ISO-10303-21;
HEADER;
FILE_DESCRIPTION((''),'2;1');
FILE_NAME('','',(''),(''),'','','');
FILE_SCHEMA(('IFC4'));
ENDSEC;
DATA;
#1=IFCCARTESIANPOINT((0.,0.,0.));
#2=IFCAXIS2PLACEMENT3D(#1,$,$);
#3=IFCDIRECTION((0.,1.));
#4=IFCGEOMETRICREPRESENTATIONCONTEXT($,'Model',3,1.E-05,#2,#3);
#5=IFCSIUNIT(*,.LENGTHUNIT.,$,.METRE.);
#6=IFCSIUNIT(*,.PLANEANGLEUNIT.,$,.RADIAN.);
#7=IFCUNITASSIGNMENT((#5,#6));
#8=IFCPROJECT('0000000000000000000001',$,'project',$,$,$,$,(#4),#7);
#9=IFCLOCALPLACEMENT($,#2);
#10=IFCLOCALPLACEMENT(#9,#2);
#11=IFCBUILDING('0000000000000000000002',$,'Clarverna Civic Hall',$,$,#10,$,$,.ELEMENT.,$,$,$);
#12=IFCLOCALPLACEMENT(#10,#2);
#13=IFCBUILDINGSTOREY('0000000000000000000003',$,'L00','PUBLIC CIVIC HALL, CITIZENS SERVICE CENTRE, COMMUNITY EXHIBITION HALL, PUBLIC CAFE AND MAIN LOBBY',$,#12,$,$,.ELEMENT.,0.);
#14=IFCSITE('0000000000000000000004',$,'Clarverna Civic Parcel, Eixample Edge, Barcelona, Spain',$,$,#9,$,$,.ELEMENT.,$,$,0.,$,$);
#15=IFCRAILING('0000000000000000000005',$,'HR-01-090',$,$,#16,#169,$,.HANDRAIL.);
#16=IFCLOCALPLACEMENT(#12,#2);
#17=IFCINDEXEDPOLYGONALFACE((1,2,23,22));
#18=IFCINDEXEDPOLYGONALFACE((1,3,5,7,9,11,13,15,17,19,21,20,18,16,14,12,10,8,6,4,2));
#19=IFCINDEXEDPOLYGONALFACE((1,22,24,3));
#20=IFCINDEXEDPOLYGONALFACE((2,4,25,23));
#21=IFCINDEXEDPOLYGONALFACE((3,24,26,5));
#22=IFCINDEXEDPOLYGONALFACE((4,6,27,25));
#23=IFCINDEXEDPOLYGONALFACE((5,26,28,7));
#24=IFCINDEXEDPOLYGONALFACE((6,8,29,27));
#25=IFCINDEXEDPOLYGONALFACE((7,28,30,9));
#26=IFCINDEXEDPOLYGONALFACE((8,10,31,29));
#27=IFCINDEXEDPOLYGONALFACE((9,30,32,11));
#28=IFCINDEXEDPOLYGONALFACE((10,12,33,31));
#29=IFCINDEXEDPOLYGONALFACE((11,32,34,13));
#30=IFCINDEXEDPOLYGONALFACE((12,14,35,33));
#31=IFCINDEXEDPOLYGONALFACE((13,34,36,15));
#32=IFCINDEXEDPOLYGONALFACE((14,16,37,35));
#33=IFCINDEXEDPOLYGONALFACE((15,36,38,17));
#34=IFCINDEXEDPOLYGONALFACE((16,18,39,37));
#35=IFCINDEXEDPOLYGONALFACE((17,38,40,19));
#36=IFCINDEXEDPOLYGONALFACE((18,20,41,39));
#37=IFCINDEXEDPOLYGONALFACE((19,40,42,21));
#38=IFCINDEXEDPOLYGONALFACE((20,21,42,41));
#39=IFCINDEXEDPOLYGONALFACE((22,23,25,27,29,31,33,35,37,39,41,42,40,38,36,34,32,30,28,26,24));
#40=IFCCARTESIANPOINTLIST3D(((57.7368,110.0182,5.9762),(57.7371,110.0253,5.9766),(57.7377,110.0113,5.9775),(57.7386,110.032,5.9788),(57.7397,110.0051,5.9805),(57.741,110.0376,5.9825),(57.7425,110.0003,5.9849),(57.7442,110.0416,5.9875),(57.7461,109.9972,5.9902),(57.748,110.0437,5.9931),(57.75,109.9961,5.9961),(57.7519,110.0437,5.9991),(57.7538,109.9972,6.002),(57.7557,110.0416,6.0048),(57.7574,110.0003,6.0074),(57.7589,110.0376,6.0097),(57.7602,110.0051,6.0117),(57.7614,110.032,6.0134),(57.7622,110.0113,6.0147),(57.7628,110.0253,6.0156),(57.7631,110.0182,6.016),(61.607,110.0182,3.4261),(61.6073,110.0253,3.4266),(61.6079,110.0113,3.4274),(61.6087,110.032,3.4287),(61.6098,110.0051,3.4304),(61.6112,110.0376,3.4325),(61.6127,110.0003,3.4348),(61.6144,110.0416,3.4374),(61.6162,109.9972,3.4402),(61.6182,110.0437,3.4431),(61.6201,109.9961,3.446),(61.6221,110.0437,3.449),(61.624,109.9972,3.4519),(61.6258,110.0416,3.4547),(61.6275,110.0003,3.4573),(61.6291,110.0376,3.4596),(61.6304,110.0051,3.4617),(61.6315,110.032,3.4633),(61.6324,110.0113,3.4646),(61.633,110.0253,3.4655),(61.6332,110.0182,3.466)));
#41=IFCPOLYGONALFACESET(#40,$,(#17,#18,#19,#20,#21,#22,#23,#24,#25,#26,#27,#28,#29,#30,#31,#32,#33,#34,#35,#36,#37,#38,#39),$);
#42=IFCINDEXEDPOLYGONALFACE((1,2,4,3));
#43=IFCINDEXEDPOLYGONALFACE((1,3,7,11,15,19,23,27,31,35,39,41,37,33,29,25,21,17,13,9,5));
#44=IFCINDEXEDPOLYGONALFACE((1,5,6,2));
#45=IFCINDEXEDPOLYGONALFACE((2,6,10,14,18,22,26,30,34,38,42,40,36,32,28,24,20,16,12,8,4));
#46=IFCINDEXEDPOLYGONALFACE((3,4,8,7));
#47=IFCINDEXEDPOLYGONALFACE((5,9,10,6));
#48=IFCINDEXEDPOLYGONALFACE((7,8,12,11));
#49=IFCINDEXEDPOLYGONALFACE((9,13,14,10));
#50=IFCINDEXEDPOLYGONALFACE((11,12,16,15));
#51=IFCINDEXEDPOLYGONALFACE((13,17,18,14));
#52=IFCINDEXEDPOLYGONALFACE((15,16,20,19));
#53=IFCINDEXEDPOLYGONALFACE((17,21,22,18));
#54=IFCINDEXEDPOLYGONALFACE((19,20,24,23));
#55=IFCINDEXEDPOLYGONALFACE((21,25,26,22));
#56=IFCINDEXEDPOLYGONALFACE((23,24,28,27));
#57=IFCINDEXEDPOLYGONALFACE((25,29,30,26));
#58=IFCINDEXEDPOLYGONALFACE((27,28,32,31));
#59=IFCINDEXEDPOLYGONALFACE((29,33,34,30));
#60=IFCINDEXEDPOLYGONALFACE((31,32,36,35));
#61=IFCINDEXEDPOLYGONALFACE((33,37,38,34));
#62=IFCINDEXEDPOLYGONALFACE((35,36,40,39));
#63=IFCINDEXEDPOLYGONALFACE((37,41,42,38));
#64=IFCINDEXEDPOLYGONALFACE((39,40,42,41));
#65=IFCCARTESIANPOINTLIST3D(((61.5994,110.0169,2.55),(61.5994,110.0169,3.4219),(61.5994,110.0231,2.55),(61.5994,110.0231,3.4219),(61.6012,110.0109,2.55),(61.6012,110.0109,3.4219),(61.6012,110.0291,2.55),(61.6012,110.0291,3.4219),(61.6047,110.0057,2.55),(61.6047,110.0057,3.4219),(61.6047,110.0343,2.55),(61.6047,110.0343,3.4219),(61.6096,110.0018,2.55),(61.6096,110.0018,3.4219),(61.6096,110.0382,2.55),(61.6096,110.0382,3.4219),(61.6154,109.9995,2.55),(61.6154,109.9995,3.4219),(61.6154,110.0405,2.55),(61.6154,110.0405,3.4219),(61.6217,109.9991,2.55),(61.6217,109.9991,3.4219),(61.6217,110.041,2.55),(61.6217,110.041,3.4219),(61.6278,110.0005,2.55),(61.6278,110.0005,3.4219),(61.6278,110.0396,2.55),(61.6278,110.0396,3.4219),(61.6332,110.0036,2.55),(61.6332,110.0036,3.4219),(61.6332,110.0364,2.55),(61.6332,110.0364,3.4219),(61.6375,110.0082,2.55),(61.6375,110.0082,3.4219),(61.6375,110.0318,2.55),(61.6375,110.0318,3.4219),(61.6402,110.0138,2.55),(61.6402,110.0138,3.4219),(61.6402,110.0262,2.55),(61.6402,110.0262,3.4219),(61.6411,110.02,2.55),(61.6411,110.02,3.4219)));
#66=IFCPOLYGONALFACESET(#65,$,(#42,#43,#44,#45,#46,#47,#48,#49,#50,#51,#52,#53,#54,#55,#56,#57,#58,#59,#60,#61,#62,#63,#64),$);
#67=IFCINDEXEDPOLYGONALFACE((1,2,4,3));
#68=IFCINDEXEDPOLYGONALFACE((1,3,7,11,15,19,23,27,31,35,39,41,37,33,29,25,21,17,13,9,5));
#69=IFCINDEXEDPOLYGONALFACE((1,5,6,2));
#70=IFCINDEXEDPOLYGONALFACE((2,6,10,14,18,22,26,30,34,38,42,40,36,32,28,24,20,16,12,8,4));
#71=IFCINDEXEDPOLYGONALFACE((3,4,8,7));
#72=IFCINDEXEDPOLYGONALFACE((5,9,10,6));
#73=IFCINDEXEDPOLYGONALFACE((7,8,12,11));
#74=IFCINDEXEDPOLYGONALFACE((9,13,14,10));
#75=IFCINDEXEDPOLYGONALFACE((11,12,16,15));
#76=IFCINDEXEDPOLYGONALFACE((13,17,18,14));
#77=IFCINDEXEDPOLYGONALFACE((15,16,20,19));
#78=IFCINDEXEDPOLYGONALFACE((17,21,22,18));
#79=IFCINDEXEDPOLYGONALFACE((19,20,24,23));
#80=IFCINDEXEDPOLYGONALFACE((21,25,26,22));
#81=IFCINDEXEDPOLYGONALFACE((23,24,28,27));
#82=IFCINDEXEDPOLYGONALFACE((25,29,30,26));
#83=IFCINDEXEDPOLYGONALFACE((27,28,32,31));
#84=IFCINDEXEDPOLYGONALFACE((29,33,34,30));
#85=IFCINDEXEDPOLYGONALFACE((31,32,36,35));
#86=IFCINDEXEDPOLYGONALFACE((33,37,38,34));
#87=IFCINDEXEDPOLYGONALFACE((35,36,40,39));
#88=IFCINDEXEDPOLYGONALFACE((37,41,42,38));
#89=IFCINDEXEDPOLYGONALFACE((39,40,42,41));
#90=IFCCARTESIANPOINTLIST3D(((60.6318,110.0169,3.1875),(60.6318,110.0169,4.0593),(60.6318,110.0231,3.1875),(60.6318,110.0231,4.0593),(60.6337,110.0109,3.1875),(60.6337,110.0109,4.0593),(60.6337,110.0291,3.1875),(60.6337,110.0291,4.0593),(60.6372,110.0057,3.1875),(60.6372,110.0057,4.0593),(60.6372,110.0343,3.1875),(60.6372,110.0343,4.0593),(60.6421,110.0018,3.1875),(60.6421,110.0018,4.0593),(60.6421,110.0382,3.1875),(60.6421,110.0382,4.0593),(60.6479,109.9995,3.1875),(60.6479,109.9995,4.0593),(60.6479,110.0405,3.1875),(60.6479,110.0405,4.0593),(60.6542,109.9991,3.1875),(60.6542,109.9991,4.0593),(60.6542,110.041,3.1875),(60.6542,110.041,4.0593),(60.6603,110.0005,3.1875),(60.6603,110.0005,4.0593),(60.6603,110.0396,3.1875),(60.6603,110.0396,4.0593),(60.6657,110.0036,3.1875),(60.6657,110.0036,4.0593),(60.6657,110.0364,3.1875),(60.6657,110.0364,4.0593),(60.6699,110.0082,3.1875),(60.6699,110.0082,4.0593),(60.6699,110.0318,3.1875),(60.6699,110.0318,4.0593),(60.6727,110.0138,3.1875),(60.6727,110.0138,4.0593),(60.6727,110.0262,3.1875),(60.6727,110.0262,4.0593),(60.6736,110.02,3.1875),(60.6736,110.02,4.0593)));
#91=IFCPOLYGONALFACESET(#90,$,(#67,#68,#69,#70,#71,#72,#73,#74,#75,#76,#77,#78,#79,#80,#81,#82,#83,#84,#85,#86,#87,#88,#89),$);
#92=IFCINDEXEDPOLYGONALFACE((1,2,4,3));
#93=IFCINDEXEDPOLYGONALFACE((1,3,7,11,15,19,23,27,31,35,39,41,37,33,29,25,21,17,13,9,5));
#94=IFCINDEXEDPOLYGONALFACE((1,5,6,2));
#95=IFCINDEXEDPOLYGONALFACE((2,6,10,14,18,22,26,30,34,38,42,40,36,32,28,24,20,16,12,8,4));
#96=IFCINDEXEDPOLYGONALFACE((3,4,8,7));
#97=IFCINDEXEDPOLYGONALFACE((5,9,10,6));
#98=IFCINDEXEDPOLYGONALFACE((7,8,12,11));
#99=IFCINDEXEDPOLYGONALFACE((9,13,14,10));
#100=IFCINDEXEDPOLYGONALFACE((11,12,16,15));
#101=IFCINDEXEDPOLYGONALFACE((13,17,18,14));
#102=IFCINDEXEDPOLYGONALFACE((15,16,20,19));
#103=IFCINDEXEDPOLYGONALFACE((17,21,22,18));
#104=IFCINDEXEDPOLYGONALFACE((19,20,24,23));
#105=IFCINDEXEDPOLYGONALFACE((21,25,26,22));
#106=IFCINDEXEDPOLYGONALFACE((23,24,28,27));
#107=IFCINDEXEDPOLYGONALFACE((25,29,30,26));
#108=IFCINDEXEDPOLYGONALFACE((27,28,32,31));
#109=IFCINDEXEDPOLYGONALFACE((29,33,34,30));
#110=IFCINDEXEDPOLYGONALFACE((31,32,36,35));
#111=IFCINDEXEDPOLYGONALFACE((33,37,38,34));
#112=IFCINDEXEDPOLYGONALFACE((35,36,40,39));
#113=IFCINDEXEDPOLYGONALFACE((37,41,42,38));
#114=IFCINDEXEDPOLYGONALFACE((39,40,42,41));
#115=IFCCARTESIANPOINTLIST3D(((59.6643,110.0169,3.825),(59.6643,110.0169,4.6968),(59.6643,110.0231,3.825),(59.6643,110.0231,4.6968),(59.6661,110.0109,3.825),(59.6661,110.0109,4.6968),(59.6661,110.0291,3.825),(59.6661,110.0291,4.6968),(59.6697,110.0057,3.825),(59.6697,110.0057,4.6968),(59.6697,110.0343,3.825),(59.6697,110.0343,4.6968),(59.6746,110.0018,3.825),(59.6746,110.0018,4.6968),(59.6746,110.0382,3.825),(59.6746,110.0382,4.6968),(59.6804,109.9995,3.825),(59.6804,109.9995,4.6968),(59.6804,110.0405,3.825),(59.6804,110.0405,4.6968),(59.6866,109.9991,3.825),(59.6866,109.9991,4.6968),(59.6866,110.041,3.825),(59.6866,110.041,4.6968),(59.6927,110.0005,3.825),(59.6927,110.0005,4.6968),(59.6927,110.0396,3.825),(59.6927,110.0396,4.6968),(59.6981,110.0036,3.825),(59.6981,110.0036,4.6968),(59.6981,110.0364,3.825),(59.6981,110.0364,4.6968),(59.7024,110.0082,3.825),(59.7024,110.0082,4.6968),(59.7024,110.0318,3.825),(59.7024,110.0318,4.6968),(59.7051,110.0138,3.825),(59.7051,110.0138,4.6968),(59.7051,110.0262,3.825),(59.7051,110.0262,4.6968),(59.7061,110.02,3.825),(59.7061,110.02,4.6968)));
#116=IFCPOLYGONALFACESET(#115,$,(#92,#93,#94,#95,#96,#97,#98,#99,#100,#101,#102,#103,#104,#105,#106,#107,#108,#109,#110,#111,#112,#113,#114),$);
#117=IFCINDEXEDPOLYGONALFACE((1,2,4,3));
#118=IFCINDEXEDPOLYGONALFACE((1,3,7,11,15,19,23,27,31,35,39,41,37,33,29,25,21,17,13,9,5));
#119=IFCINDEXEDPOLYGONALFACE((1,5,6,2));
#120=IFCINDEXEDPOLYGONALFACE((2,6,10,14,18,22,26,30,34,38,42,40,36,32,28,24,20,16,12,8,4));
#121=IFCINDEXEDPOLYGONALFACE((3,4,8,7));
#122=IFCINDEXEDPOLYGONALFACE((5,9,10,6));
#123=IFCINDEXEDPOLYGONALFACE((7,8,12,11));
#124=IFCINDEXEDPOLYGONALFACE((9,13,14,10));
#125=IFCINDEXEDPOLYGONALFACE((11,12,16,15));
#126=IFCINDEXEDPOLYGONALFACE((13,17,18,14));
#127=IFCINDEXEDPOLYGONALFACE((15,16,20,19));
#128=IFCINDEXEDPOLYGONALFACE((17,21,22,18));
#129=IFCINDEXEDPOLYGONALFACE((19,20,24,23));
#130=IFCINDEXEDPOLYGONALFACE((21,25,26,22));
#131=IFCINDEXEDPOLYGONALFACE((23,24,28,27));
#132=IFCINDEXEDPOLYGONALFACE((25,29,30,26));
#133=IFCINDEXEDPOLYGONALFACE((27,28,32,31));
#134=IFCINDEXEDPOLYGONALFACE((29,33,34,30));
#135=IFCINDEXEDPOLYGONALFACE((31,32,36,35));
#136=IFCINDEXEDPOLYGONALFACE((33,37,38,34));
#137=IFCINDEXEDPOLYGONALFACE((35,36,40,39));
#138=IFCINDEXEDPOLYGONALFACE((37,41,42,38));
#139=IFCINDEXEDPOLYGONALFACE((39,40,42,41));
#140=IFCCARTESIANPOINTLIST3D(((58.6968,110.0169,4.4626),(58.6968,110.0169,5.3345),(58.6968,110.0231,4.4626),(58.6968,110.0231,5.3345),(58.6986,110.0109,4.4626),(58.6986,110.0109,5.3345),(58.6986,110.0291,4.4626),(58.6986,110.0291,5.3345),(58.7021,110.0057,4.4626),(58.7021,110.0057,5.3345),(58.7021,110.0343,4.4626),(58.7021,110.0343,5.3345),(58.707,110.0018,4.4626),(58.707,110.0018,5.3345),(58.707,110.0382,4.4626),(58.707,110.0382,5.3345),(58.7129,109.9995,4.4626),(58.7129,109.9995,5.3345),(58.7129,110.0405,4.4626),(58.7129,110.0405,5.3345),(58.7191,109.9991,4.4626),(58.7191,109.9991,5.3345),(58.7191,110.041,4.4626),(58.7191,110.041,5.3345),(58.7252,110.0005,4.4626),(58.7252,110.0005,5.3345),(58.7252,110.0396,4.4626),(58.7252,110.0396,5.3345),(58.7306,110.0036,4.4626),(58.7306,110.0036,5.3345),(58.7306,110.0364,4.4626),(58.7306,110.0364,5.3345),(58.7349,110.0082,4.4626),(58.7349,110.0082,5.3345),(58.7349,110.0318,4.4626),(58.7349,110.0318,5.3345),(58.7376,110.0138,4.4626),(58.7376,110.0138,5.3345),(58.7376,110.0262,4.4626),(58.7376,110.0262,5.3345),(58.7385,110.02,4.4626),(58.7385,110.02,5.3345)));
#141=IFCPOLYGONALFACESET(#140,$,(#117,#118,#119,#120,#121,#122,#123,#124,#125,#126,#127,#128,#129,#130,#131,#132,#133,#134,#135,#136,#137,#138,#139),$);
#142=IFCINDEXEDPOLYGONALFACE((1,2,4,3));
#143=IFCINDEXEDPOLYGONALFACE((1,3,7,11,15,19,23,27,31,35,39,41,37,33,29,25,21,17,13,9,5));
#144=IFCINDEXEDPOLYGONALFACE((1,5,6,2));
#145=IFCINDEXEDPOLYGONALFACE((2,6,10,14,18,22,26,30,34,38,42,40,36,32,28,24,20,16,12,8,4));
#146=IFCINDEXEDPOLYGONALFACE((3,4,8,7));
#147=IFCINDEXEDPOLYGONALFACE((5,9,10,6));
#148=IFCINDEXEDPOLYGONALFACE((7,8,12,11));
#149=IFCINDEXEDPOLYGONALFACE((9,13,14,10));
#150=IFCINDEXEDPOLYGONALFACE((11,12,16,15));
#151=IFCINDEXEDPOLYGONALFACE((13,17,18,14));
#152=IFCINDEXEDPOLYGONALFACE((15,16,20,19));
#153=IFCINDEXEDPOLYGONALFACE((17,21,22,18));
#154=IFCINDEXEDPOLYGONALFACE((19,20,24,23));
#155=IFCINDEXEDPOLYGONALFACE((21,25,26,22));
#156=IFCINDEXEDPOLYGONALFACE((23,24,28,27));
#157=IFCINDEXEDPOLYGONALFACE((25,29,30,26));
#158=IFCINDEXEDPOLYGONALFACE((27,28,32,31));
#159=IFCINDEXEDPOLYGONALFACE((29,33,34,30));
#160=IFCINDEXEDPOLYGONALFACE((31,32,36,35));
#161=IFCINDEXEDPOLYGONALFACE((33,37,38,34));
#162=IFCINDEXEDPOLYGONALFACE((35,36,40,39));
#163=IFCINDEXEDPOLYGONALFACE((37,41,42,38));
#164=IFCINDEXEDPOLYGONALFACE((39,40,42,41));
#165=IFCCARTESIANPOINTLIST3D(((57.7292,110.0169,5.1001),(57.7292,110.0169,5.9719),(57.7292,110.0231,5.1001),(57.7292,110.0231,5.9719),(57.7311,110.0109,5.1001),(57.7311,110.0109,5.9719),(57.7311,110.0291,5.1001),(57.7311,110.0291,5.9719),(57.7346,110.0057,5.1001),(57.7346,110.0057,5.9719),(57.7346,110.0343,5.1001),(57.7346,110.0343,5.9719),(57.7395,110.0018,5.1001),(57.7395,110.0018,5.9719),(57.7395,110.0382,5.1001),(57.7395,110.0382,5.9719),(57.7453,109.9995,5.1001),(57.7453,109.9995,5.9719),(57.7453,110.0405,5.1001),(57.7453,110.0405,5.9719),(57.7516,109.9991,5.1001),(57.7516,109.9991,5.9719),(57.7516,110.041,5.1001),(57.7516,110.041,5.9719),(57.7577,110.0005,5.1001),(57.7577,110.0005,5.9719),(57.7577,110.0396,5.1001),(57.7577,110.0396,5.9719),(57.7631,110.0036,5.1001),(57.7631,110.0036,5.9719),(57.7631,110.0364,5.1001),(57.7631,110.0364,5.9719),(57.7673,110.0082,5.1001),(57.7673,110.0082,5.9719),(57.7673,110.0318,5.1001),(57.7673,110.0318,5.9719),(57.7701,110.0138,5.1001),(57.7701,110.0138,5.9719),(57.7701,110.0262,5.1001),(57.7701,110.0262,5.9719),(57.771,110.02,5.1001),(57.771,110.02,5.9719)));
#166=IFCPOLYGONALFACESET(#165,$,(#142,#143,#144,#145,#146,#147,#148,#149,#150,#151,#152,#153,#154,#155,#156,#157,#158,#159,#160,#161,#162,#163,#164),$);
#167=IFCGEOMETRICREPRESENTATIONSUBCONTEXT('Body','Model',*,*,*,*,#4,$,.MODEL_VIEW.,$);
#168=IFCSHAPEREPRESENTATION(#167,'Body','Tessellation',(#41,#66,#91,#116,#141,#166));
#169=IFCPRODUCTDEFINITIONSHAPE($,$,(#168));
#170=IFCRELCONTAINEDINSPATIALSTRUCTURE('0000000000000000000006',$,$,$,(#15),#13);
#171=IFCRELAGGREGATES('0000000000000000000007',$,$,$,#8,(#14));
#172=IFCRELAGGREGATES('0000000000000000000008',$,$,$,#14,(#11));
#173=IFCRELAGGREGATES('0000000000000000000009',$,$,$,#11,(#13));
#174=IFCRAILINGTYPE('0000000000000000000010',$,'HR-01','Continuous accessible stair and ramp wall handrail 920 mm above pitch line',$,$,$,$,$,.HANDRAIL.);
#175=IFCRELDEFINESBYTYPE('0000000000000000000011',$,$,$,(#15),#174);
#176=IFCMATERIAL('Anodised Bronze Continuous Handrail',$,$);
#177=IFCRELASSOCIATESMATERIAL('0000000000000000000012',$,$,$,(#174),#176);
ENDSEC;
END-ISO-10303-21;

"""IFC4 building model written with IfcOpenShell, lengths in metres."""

from ifc_helpers import new_model, si_unit, direction, frame, origin, origin_2d, place, context, subcontext, project, spatial, circle, extrude, material, type_object, element, save


model = new_model("IFC4")

# Units and contexts
model_context = context("Model", 3, precision=1e-05, world=origin(), true_north=direction((0.0, 1.0)))
body_context = subcontext(model_context, "Body", "Model", "MODEL_VIEW")
ifc_project = project(units=[si_unit("LENGTHUNIT", "METRE"), si_unit("PLANEANGLEUNIT", "RADIAN")], contexts=[model_context])

# Site, building, storey
site_placement = place(None, origin())
site = spatial("IfcSite", under=ifc_project, at=site_placement, Name="Clarverna Civic Parcel, Eixample Edge, Barcelona, Spain", CompositionType="ELEMENT", RefElevation=0.0)
building_placement = place(site_placement, origin())
building = spatial("IfcBuilding", under=site, at=building_placement, Name="Clarverna Civic Hall", CompositionType="ELEMENT")
storey_placement = place(building_placement, origin())
storey = spatial("IfcBuildingStorey", under=building, at=storey_placement, Name="L00", Description="PUBLIC CIVIC HALL, CITIZENS SERVICE CENTRE, COMMUNITY EXHIBITION HALL, PUBLIC CAFE AND MAIN LOBBY", CompositionType="ELEMENT", Elevation=0.0)

# Railing
ifc_material_1 = material(Name="Anodised Bronze Continuous Handrail")
railing_type_1 = type_object("IfcRailingType", Name="HR-01", Description="Continuous accessible stair and ramp wall handrail 920 mm above pitch line", PredefinedType="HANDRAIL", material=ifc_material_1)
railing_1_placement = place(storey_placement, frame((61.6201, 110.02, 2.55)))
element("IfcRailing", 1, at=railing_1_placement, inside=storey, type_object=railing_type_1, Name="HR-01-090", PredefinedType="HANDRAIL", context=body_context, shape_type="SweptSolid", body=[
    extrude(circle(Radius=0.0239, at=origin_2d()), frame((0.0, 0.0, 0.896), z_axis=(-0.835029, 0.0, 0.550207), x_axis=(0.0, -1.0, 0.0)), (0.0, 0.0, 1.0), 4.6348),
    extrude(circle(Radius=0.021, at=origin_2d()), origin(), (0.0, 0.0, 1.0), 0.8718),
    extrude(circle(Radius=0.021, at=origin_2d()), frame((-0.9675, 0.0, 0.6375)), (0.0, 0.0, 1.0), 0.8718),
    extrude(circle(Radius=0.021, at=origin_2d()), frame((-1.9351, 0.0, 1.2749)), (0.0, 0.0, 1.0), 0.8718),
    extrude(circle(Radius=0.021, at=origin_2d()), frame((-2.9026, 0.0, 1.9126)), (0.0, 0.0, 1.0), 0.8718),
    extrude(circle(Radius=0.021, at=origin_2d()), frame((-3.8701, 0.0, 2.55)), (0.0, 0.0, 1.0), 0.8718),
])

save(model, "model.ifc")
